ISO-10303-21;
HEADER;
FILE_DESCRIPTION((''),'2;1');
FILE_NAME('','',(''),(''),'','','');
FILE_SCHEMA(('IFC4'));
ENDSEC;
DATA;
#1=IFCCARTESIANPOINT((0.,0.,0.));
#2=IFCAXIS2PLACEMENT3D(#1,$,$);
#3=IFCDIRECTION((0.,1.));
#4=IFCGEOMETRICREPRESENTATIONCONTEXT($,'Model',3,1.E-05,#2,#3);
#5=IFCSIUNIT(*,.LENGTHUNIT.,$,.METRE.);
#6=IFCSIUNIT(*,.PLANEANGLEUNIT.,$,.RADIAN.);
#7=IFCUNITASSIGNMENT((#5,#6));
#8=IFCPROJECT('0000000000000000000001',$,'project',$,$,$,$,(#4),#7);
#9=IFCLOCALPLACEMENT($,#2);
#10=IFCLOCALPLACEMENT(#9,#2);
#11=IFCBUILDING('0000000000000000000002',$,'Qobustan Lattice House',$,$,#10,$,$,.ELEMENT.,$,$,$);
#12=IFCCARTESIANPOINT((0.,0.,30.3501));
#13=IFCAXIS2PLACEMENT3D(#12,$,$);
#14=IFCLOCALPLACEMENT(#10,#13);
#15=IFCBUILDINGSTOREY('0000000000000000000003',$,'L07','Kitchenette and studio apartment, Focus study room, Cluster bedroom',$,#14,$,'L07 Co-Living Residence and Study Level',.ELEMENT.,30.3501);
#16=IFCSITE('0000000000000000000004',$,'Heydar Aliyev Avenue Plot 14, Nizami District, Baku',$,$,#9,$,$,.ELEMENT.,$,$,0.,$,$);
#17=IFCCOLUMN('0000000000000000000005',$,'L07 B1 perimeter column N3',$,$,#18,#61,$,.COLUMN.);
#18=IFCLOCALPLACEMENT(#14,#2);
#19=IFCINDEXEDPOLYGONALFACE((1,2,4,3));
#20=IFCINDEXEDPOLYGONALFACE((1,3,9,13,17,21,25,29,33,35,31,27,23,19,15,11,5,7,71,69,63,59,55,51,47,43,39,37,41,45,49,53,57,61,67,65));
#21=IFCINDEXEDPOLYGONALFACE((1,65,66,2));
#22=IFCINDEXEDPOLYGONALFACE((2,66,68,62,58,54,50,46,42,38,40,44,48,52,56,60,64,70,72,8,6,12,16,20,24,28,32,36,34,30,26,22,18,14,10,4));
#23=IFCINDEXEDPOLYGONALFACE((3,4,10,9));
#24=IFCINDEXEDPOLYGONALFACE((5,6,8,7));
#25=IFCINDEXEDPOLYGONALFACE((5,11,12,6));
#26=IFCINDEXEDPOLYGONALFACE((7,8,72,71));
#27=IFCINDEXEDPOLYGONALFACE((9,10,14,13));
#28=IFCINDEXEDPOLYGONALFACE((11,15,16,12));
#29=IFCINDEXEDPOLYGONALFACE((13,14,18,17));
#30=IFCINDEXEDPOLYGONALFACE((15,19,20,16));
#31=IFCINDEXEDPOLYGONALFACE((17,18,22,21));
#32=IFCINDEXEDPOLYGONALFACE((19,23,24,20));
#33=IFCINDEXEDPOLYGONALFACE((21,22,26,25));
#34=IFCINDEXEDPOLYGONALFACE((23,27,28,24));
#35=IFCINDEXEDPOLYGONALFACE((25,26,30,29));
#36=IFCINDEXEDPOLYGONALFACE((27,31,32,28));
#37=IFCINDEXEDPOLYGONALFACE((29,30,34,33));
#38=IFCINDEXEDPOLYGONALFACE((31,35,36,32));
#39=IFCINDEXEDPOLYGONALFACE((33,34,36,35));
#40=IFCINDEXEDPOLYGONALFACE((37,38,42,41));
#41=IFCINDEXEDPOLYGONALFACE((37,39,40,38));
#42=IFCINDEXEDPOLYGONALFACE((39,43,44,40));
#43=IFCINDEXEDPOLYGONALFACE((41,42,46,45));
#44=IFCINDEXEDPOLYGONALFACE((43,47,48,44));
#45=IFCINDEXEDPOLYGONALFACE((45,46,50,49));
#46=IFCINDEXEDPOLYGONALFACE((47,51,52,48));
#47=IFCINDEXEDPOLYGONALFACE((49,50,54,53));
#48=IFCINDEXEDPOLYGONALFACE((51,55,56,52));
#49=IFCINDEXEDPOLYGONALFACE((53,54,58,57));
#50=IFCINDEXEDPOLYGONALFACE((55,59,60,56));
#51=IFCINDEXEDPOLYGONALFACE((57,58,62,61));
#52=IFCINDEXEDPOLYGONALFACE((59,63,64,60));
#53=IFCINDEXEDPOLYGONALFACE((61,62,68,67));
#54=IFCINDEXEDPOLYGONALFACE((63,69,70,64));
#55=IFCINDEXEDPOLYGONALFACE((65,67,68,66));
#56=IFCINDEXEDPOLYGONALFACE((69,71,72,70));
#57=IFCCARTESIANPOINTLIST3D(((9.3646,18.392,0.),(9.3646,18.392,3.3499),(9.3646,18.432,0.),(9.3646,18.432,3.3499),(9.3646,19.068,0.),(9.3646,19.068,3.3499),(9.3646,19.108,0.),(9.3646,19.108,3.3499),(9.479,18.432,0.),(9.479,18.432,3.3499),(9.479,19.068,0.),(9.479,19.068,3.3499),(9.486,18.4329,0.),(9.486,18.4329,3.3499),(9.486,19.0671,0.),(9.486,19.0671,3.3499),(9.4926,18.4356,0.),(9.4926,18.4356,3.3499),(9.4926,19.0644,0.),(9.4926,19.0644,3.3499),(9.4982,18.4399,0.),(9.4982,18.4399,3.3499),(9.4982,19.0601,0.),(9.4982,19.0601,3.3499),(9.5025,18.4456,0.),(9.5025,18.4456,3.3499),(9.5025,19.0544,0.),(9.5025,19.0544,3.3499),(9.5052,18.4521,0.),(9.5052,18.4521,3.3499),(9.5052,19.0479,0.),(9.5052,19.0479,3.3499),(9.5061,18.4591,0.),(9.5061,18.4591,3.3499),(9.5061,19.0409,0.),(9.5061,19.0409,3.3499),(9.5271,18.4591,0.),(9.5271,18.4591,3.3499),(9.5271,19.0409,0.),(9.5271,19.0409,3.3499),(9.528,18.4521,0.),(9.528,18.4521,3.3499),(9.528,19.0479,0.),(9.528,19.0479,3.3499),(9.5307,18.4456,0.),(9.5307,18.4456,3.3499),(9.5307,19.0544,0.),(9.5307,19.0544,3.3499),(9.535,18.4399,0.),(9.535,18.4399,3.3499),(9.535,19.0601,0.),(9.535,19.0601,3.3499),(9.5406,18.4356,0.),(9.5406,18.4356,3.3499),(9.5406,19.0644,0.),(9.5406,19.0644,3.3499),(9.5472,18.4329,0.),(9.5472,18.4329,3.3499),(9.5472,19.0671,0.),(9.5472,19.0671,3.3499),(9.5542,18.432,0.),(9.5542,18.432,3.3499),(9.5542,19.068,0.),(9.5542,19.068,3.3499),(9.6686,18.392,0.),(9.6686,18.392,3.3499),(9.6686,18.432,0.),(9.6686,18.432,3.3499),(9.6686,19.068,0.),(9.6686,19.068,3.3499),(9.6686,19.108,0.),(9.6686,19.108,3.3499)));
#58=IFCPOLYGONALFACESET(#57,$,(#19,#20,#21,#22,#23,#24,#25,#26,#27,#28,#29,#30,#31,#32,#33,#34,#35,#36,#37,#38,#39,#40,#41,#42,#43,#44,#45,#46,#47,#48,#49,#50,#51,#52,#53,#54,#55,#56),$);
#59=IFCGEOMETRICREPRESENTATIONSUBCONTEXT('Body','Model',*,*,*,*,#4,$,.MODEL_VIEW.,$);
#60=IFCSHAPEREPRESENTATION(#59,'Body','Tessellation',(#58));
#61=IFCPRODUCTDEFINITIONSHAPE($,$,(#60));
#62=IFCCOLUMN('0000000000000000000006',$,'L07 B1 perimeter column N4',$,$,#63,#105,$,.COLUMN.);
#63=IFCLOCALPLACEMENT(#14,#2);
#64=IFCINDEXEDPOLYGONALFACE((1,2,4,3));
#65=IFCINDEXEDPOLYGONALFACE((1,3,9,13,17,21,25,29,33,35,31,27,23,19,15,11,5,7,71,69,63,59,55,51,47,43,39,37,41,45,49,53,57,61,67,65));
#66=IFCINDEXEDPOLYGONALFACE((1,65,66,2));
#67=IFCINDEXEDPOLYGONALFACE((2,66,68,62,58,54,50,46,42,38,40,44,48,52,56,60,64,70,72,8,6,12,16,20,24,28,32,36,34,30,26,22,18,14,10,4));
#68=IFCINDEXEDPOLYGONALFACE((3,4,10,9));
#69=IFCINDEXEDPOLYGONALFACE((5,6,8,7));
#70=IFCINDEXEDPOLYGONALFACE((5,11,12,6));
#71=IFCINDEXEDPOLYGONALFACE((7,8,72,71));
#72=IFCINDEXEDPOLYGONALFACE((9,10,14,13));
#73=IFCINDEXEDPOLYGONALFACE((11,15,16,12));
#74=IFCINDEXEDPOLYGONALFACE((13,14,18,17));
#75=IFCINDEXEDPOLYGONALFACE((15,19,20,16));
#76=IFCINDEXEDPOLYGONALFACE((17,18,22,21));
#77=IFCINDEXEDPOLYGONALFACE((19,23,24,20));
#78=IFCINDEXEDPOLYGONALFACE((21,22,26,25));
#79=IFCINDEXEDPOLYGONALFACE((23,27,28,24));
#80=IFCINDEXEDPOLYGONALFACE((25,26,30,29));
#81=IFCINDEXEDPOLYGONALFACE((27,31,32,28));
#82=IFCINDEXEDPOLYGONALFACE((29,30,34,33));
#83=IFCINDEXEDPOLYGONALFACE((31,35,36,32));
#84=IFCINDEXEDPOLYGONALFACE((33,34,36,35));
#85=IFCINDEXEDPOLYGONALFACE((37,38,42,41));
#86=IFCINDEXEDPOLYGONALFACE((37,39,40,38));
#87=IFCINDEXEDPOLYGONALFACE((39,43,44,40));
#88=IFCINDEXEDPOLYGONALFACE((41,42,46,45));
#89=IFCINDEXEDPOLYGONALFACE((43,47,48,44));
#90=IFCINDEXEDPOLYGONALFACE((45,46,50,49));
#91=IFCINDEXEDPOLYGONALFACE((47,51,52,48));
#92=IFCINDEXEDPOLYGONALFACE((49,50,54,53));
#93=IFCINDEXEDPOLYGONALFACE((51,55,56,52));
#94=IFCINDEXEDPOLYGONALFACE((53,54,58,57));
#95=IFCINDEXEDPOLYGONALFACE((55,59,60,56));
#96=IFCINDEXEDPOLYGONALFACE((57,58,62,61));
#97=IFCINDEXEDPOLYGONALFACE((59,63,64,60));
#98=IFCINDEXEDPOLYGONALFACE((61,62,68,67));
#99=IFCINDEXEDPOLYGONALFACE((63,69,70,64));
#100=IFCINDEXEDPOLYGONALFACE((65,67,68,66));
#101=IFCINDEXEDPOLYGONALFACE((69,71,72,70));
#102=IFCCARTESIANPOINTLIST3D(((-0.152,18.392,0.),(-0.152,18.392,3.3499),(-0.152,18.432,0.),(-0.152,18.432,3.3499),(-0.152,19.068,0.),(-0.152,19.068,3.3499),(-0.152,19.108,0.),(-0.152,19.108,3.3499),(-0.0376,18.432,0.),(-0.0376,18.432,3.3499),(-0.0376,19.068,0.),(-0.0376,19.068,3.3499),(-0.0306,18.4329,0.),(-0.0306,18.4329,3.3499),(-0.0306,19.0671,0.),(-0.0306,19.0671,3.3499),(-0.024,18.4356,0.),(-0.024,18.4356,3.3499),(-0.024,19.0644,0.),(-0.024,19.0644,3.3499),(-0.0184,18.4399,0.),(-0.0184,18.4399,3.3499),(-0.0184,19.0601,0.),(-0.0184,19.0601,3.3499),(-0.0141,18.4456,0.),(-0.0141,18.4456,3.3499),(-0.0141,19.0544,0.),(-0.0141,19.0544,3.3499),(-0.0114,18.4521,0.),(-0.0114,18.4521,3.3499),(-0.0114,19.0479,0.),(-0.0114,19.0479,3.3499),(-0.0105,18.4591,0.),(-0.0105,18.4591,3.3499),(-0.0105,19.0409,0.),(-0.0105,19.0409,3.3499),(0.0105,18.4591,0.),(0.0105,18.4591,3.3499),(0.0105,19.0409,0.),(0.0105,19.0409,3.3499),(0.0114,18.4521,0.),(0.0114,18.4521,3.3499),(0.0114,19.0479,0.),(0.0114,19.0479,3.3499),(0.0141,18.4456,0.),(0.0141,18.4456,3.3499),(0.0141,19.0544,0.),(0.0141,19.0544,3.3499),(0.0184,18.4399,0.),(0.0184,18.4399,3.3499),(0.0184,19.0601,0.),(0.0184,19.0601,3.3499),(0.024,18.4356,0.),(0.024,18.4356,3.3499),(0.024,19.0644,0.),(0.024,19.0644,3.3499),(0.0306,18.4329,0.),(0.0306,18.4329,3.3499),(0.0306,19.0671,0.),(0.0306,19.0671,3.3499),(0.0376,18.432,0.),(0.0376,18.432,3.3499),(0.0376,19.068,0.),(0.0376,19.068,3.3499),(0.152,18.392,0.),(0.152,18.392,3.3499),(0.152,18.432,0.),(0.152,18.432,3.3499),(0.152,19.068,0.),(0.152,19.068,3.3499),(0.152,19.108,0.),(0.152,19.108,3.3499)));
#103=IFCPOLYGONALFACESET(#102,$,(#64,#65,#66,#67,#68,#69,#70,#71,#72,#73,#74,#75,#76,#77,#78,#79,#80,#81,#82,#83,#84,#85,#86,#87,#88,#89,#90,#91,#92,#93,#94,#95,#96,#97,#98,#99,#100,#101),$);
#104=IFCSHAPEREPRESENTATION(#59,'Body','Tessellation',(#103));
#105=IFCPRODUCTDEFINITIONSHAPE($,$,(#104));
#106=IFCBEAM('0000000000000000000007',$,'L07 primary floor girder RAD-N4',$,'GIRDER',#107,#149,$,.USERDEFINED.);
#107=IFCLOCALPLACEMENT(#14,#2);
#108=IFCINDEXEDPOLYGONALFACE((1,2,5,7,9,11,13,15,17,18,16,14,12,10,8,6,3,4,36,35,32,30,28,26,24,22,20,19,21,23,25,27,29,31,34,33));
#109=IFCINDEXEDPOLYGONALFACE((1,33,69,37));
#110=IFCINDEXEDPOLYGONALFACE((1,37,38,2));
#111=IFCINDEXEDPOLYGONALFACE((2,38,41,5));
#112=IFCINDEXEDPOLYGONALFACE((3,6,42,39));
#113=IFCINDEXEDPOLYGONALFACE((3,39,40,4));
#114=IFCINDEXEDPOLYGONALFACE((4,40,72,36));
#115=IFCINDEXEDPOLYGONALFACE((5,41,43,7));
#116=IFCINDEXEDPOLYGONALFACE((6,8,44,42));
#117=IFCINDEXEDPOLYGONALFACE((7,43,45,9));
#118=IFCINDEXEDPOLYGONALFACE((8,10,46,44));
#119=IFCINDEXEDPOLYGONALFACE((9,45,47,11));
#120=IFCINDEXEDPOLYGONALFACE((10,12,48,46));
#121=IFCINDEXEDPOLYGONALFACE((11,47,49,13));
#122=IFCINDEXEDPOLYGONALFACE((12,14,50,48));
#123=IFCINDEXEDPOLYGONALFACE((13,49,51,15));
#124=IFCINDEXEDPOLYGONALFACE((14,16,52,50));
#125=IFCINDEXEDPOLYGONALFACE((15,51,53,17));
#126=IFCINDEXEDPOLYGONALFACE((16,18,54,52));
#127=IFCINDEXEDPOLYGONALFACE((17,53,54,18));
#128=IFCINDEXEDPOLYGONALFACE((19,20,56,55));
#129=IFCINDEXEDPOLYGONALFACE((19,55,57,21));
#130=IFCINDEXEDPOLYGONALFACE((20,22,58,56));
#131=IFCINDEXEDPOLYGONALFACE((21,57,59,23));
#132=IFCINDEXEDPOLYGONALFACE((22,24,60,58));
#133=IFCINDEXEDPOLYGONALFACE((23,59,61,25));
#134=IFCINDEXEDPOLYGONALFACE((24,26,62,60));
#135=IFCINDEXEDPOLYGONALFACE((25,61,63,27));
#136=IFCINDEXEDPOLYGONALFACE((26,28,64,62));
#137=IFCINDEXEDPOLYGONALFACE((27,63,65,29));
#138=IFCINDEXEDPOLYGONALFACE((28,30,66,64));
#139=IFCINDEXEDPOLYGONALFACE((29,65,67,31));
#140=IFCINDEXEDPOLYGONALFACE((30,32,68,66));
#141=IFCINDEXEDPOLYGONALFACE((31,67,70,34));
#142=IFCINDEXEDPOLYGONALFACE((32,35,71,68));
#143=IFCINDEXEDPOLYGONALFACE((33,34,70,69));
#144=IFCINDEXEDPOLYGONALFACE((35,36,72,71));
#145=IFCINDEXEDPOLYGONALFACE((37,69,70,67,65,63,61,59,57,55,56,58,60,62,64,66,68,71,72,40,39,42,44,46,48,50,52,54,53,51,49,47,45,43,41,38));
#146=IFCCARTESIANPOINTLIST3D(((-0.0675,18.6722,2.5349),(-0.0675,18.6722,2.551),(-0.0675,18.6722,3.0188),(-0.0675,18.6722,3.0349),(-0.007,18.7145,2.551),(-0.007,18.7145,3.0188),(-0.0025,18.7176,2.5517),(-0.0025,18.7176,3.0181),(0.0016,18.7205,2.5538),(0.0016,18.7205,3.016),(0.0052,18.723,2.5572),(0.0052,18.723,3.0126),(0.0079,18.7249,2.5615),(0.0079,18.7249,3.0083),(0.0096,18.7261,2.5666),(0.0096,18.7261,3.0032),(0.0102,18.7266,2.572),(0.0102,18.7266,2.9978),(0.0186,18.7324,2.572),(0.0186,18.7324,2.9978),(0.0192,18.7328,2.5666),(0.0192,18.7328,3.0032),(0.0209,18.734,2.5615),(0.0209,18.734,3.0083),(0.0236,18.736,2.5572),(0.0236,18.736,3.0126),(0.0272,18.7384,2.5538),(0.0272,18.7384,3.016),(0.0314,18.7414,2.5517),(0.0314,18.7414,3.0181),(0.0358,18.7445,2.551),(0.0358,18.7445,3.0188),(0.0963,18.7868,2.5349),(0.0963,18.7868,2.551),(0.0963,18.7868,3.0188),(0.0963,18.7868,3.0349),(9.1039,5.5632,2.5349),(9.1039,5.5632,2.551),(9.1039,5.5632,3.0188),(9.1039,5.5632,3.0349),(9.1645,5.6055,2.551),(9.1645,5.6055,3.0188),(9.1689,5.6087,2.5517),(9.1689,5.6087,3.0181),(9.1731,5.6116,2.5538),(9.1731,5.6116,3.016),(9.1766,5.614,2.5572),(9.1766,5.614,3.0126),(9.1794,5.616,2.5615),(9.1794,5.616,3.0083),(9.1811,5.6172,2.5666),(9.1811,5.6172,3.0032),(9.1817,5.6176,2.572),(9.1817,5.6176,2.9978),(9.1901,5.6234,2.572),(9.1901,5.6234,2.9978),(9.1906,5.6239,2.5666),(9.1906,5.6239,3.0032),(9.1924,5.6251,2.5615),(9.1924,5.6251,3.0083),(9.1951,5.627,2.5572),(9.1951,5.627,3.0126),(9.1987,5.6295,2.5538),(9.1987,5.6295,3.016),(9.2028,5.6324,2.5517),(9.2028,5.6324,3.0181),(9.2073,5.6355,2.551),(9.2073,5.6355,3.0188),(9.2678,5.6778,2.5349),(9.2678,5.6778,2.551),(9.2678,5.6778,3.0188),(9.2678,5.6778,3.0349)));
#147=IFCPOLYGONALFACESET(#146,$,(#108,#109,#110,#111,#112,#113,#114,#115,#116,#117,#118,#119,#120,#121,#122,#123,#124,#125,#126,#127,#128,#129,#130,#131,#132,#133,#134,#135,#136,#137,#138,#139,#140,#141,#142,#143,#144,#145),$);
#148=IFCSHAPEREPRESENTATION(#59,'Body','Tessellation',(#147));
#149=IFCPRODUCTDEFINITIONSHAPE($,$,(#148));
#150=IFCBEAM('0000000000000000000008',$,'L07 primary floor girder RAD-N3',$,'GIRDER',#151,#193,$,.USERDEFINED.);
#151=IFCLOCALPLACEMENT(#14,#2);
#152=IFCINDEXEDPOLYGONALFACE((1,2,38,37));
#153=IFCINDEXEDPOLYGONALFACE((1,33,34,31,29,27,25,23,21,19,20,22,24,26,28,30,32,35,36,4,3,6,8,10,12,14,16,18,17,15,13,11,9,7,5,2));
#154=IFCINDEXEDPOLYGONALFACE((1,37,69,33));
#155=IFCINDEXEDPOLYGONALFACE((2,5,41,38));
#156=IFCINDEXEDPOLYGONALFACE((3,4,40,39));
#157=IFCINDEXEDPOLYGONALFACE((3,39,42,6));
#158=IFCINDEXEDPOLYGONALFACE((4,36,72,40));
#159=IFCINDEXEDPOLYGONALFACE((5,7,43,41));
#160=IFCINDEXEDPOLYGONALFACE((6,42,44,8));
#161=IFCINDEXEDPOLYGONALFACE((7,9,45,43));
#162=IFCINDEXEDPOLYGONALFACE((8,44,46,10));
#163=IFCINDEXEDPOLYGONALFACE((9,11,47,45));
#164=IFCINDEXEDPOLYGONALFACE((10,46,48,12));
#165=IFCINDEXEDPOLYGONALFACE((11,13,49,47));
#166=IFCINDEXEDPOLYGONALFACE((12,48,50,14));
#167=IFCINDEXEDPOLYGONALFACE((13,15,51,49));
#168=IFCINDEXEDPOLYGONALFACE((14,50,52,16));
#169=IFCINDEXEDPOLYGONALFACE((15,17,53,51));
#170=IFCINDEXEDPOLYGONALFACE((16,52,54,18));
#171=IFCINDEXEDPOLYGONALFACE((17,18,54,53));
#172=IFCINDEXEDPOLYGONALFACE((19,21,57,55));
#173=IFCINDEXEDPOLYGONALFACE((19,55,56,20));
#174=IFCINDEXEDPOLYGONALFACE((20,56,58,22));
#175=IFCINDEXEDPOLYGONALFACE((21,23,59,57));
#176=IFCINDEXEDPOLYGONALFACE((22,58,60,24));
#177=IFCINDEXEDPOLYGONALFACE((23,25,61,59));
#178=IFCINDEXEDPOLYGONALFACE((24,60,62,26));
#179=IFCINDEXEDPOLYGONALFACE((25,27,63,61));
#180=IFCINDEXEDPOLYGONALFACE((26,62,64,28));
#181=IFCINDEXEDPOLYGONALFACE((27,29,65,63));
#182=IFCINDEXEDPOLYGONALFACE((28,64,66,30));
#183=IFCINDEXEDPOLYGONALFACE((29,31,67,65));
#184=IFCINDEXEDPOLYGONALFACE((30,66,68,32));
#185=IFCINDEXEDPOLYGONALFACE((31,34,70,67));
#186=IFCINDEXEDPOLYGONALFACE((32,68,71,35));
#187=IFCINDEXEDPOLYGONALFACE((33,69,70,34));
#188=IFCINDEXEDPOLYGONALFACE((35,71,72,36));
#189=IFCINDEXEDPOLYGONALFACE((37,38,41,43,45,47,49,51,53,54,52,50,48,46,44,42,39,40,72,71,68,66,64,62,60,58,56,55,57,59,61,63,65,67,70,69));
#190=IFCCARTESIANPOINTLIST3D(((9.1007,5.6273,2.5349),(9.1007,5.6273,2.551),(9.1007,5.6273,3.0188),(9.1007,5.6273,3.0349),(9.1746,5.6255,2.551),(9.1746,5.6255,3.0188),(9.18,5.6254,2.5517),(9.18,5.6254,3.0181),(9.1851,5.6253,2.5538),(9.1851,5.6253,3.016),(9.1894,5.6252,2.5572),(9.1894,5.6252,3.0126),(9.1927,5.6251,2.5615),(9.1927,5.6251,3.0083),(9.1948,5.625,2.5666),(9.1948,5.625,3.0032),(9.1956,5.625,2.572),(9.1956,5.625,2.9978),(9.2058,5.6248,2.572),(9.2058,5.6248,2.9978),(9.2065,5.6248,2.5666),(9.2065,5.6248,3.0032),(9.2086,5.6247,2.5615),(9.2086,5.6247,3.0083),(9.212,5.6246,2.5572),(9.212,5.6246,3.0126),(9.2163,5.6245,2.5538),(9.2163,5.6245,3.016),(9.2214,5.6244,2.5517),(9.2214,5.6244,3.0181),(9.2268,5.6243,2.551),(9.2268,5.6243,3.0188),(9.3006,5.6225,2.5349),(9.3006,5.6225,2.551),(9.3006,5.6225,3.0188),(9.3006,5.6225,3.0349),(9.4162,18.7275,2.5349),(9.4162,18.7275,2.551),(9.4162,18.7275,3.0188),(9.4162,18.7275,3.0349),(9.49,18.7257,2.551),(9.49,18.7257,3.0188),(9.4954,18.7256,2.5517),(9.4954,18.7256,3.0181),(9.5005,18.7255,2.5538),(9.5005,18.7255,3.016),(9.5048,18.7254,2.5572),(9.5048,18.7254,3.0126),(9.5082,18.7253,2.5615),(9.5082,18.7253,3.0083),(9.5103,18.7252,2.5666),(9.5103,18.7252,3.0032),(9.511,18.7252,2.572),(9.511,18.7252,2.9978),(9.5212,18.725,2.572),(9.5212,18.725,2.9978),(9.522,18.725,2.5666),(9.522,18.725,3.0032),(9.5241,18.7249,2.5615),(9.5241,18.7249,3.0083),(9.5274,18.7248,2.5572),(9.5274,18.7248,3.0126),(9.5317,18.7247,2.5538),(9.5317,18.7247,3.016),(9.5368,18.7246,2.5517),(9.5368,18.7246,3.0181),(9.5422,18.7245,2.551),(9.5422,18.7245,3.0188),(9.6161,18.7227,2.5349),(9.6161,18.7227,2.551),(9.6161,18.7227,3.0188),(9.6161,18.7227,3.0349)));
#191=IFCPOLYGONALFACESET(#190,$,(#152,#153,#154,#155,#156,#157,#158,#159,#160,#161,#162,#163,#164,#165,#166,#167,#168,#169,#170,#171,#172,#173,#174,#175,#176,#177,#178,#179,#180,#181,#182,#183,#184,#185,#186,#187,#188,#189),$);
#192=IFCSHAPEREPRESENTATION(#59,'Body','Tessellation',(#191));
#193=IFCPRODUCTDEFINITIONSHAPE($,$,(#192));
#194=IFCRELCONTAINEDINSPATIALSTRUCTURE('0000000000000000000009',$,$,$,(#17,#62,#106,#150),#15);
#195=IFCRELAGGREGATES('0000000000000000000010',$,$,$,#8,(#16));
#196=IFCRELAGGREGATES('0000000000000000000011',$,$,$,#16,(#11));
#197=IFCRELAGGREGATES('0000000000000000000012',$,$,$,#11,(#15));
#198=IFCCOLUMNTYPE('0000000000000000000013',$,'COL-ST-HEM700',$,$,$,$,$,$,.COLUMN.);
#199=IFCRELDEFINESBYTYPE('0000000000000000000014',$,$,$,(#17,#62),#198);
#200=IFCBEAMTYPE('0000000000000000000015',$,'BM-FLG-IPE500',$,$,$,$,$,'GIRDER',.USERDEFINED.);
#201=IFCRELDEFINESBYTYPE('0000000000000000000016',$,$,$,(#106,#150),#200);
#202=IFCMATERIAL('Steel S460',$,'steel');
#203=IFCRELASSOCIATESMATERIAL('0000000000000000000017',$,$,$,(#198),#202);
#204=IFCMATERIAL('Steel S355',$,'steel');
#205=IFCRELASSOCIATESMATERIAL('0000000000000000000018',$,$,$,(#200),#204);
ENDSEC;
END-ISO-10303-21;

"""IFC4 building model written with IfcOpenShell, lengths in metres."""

from ifc_helpers import new_model, si_unit, direction, frame, origin, origin_2d, place, context, subcontext, project, spatial, i_section, extrude, material, material_profile, profile_set, type_object, element, save


model = new_model("IFC4")

# Units and contexts
model_context = context("Model", 3, precision=1e-05, world=origin(), true_north=direction((0.0, 1.0)))
body_context = subcontext(model_context, "Body", "Model", "MODEL_VIEW")
ifc_project = project(units=[si_unit("LENGTHUNIT", "METRE"), si_unit("PLANEANGLEUNIT", "RADIAN")], contexts=[model_context])

# Site, building, storey
site_placement = place(None, origin())
site = spatial("IfcSite", under=ifc_project, at=site_placement, Name="Heydar Aliyev Avenue Plot 14, Nizami District, Baku", CompositionType="ELEMENT", RefElevation=0.0)
building_placement = place(site_placement, origin())
building = spatial("IfcBuilding", under=site, at=building_placement, Name="Qobustan Lattice House", CompositionType="ELEMENT")
storey_placement = place(building_placement, frame((0.0, 0.0, 30.3501)))
storey = spatial("IfcBuildingStorey", under=building, at=storey_placement, Name="L07", Description="Kitchenette and studio apartment, Focus study room, Cluster bedroom", LongName="L07 Co-Living Residence and Study Level", CompositionType="ELEMENT", Elevation=30.3501)

# Columns
ifc_material_1 = material(Name="Steel S460", Category="steel")
ifc_material_profile_1 = material_profile(ifc_material_1, i_section(OverallWidth=0.304, OverallDepth=0.7161, WebThickness=0.021, FlangeThickness=0.04, FilletRadius=0.0271, at=origin_2d()), Name="HEM700")
ifc_profile_set_1 = profile_set([ifc_material_profile_1], Name="Steel S460")
column_type = type_object("IfcColumnType", Name="COL-ST-HEM700", PredefinedType="COLUMN", material=ifc_profile_set_1)
for number, where, z_axis, x_axis, name in (
    (1, (9.5166, 18.75, 0.0), (0.0, 0.0, 1.0), (1.0, 0.0, 0.0), "L07 B1 perimeter column N3"),
    (2, (0.0, 18.75, 0.0), (0.0, 0.0, 1.0), (1.0, 0.0, 0.0), "L07 B1 perimeter column N4"),
):
    element("IfcColumn", number, at=place(storey_placement, frame(where, z_axis=z_axis, x_axis=x_axis)), inside=storey, type_object=column_type, Name=name, PredefinedType="COLUMN", context=body_context, shape_type="SweptSolid", body=[
        extrude(i_section(OverallWidth=0.304, OverallDepth=0.7161, WebThickness=0.021, FlangeThickness=0.04, FilletRadius=0.0271, at=origin_2d()), origin(), (0.0, 0.0, 1.0), 3.3499),
    ])

# Beams
ifc_material_2 = material(Name="Steel S355", Category="steel")
ifc_material_profile_2 = material_profile(ifc_material_2, i_section(OverallWidth=0.2, OverallDepth=0.5, WebThickness=0.0103, FlangeThickness=0.0161, FilletRadius=0.021, at=origin_2d()), Name="IPE500")
ifc_profile_set_2 = profile_set([ifc_material_profile_2], Name="Steel S355")
beam_type_1 = type_object("IfcBeamType", Name="BM-FLG-IPE500", ElementType="GIRDER", PredefinedType="USERDEFINED", material=ifc_profile_set_2)
beam_1_placement = place(storey_placement, frame((0.0144, 18.7295, 2.7849), z_axis=(0.57326, -0.819374, 0.0), x_axis=(0.819374, 0.57326, 0.0)))
element("IfcBeam", 3, at=beam_1_placement, inside=storey, type_object=beam_type_1, Name="L07 primary floor girder RAD-N4", ObjectType="GIRDER", PredefinedType="USERDEFINED", context=body_context, shape_type="SweptSolid", body=[
    extrude(i_section(OverallWidth=0.2, OverallDepth=0.5, WebThickness=0.0103, FlangeThickness=0.0161, FilletRadius=0.021, at=origin_2d()), origin(), (0.0, 0.0, 1.0), 15.9988),
])
beam_2_placement = place(storey_placement, frame((9.5161, 18.7251, 2.7849), z_axis=(-0.024071, -0.99971, 0.0), x_axis=(0.99971, -0.024071, 0.0)))
element("IfcBeam", 4, at=beam_2_placement, inside=storey, type_object=beam_type_1, Name="L07 primary floor girder RAD-N3", ObjectType="GIRDER", PredefinedType="USERDEFINED", context=body_context, shape_type="SweptSolid", body=[
    extrude(i_section(OverallWidth=0.2, OverallDepth=0.5, WebThickness=0.0103, FlangeThickness=0.0161, FilletRadius=0.021, at=origin_2d()), origin(), (0.0, 0.0, 1.0), 13.104),
])

save(model, "model.ifc")
